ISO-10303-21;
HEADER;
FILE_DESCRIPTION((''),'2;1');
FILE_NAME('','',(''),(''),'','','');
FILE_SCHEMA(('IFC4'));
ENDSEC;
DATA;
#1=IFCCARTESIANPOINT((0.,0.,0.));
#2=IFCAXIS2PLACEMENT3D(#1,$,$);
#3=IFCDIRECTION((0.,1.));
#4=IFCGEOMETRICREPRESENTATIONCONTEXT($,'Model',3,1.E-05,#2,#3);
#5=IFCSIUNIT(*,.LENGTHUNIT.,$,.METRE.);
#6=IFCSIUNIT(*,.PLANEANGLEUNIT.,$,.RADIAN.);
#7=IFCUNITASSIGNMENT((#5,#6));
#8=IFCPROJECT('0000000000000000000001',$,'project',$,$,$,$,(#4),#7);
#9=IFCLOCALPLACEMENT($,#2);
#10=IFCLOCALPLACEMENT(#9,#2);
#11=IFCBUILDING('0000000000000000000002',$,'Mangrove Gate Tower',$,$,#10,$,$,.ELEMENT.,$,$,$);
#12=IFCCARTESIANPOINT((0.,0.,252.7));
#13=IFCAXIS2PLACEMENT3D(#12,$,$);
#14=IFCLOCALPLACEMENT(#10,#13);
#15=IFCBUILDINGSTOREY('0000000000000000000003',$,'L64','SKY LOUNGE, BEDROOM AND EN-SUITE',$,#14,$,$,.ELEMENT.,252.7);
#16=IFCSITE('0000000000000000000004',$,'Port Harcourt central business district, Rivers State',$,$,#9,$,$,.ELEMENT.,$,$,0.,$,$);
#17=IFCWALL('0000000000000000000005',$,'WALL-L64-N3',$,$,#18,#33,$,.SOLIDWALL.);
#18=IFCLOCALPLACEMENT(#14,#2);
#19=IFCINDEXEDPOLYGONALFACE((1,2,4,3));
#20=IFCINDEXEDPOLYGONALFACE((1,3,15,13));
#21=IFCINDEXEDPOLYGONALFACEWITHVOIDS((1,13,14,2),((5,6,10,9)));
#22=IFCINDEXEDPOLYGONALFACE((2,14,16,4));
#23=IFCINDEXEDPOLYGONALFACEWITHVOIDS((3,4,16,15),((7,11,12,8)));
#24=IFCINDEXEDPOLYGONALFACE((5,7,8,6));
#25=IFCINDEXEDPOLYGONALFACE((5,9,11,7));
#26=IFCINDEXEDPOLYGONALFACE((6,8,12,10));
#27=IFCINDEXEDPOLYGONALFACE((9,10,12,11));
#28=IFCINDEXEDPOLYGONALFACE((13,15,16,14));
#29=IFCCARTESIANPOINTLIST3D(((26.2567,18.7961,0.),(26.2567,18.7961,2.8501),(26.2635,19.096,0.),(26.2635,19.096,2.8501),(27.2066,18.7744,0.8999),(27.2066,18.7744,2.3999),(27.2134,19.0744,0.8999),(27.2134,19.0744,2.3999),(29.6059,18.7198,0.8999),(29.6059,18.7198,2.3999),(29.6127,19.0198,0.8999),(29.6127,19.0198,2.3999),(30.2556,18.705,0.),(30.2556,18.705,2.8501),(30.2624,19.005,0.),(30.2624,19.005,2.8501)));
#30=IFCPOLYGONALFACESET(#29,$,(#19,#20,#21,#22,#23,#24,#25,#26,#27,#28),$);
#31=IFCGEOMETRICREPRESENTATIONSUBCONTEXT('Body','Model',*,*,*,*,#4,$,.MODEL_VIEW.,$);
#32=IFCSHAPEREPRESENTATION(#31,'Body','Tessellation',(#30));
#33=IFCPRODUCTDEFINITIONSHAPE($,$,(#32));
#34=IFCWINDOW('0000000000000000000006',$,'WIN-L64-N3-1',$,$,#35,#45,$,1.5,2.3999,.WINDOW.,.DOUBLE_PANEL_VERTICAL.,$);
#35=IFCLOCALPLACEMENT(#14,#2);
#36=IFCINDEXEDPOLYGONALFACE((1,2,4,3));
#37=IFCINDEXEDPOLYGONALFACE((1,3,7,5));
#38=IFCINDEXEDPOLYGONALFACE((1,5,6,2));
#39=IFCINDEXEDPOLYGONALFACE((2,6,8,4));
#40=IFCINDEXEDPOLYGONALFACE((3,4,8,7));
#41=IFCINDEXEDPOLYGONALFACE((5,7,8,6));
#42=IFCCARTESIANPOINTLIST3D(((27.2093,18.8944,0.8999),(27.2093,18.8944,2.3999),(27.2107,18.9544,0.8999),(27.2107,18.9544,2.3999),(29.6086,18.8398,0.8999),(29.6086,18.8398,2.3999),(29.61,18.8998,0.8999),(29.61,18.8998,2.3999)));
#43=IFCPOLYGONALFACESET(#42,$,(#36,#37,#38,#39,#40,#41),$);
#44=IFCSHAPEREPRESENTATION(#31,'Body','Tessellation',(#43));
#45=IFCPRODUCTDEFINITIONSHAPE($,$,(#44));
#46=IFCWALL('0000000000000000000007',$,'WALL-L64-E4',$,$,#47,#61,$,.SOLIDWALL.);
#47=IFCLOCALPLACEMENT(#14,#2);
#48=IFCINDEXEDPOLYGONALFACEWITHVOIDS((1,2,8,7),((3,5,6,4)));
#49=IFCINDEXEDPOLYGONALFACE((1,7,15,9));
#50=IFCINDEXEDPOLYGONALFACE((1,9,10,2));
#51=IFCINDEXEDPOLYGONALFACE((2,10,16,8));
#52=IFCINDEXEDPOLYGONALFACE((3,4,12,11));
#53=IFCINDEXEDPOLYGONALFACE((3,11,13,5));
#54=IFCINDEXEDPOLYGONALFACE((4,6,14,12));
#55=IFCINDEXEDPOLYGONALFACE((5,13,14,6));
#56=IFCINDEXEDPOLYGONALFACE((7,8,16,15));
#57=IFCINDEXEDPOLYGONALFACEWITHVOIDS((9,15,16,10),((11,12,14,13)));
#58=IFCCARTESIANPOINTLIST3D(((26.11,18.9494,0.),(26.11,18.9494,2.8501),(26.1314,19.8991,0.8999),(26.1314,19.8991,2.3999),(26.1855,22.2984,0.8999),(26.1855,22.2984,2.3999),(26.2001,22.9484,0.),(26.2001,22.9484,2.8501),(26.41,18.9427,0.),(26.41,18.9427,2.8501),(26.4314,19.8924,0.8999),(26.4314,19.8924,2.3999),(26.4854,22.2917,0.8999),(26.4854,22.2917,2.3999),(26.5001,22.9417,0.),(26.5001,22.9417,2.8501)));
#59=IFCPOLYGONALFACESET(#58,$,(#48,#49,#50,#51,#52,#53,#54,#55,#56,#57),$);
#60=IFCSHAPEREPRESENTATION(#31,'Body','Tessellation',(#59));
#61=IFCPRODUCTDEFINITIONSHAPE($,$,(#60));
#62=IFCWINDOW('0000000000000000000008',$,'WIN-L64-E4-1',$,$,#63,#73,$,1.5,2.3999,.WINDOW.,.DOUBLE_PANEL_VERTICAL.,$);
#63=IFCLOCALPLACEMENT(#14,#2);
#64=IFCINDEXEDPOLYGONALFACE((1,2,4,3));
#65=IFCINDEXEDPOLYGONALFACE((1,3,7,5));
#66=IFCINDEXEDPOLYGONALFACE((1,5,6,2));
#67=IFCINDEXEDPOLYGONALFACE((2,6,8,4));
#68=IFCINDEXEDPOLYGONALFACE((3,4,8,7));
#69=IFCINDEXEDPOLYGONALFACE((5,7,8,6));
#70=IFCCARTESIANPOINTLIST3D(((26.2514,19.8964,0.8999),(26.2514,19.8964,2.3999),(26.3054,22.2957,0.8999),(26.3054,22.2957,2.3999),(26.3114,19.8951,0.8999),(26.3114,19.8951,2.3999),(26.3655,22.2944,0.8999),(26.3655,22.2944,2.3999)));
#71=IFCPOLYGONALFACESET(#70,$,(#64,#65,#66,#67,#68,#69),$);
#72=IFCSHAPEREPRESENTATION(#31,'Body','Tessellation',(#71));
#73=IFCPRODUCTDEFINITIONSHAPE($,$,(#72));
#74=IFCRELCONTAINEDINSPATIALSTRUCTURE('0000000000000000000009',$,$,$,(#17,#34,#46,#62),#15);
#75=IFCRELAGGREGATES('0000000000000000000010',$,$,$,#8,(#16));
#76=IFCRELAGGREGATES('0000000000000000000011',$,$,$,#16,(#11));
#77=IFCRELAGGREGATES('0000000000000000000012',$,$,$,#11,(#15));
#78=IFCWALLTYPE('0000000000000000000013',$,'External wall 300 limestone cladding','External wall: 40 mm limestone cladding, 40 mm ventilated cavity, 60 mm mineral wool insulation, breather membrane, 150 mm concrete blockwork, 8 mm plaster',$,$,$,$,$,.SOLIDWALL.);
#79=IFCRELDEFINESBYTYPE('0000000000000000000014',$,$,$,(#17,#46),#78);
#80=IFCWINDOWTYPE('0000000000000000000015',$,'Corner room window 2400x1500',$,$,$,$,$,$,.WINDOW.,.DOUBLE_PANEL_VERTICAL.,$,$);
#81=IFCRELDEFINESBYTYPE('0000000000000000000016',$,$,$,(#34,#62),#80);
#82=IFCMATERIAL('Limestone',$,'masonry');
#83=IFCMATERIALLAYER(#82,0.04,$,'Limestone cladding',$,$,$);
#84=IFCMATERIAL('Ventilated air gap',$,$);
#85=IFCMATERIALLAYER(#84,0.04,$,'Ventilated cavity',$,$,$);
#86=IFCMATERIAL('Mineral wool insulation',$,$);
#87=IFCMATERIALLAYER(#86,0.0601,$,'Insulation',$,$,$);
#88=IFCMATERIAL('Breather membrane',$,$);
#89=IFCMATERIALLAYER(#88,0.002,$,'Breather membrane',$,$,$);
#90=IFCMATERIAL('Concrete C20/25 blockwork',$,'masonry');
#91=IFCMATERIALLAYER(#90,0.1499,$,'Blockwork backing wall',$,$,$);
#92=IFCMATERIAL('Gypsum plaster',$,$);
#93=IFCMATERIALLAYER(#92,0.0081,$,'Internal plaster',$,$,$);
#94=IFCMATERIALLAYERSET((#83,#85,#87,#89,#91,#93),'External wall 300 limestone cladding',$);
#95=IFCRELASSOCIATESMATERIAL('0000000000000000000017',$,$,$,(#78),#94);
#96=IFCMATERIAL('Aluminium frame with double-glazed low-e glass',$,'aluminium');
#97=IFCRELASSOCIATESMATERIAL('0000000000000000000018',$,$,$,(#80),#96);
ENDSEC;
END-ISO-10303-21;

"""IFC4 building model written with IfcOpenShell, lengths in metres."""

from ifc_helpers import new_model, si_unit, direction, frame, frame_2d, origin, place, context, subcontext, project, spatial, rectangle, extrude, material, layer, layer_set, type_object, element, fill, save


model = new_model("IFC4")

# Units and contexts
model_context = context("Model", 3, precision=1e-05, world=origin(), true_north=direction((0.0, 1.0)))
body_context = subcontext(model_context, "Body", "Model", "MODEL_VIEW")
ifc_project = project(units=[si_unit("LENGTHUNIT", "METRE"), si_unit("PLANEANGLEUNIT", "RADIAN")], contexts=[model_context])

# Site, building, storey
site_placement = place(None, origin())
site = spatial("IfcSite", under=ifc_project, at=site_placement, Name="Port Harcourt central business district, Rivers State", CompositionType="ELEMENT", RefElevation=0.0)
building_placement = place(site_placement, origin())
building = spatial("IfcBuilding", under=site, at=building_placement, Name="Mangrove Gate Tower", CompositionType="ELEMENT")
storey_placement = place(building_placement, frame((0.0, 0.0, 252.7)))
storey = spatial("IfcBuildingStorey", under=building, at=storey_placement, Name="L64", Description="SKY LOUNGE, BEDROOM AND EN-SUITE", CompositionType="ELEMENT", Elevation=252.7)

# Walls, openings, windows
ifc_material_1 = material(Name="Limestone", Category="masonry")
ifc_layer_1 = layer(ifc_material_1, 0.04, Name="Limestone cladding")
ifc_material_2 = material(Name="Ventilated air gap")
ifc_layer_2 = layer(ifc_material_2, 0.04, Name="Ventilated cavity")
ifc_material_3 = material(Name="Mineral wool insulation")
ifc_layer_3 = layer(ifc_material_3, 0.0601, Name="Insulation")
ifc_material_4 = material(Name="Breather membrane")
ifc_layer_4 = layer(ifc_material_4, 0.002, Name="Breather membrane")
ifc_material_5 = material(Name="Concrete C20/25 blockwork", Category="masonry")
ifc_layer_5 = layer(ifc_material_5, 0.1499, Name="Blockwork backing wall")
ifc_material_6 = material(Name="Gypsum plaster")
ifc_layer_6 = layer(ifc_material_6, 0.0081, Name="Internal plaster")
ifc_layer_set_1 = layer_set([ifc_layer_1, ifc_layer_2, ifc_layer_3, ifc_layer_4, ifc_layer_5, ifc_layer_6], Name="External wall 300 limestone cladding")
wall_type_1 = type_object("IfcWallType", Name="External wall 300 limestone cladding", Description="External wall: 40 mm limestone cladding, 40 mm ventilated cavity, 60 mm mineral wool insulation, breather membrane, 150 mm concrete blockwork, 8 mm plaster", PredefinedType="SOLIDWALL", material=ifc_layer_set_1)
wall_1_placement = place(storey_placement, frame((30.259, 18.855, 0.0), z_axis=(0.0, 0.0, 1.0), x_axis=(-0.999741, 0.022766, 0.0)))
wall_1 = element("IfcWall", 1, at=wall_1_placement, inside=storey, type_object=wall_type_1, Name="WALL-L64-N3", PredefinedType="SOLIDWALL", context=body_context, shape_type="SweptSolid", body=[
    extrude(rectangle(XDim=4.0, YDim=0.3, at=frame_2d((2.0, 0.0))), origin(), (0.0, 0.0, 1.0), 2.8501),
])
opening_1_placement = place(wall_1_placement, frame((0.6499, 0.0, 0.8999)))
opening_1 = element("IfcOpeningElement", 2, at=opening_1_placement, cuts=wall_1, PredefinedType="OPENING", context=body_context, shape_type="SweptSolid", body=[
    extrude(rectangle(XDim=2.3999, YDim=1.5, at=frame_2d((1.2, 0.75))), frame((0.0, 0.1599, 0.0), z_axis=(0.0, -1.0, 0.0), x_axis=(1.0, 0.0, 0.0)), (0.0, 0.0, 1.0), 0.3201),
])
ifc_material_7 = material(Name="Aluminium frame with double-glazed low-e glass", Category="aluminium")
window_type = type_object("IfcWindowType", Name="Corner room window 2400x1500", PartitioningType="DOUBLE_PANEL_VERTICAL", PredefinedType="WINDOW", material=ifc_material_7)
window_1_placement = place(opening_1_placement, origin())
window_1 = element("IfcWindow", 3, at=window_1_placement, inside=storey, type_object=window_type, Name="WIN-L64-N3-1", OverallHeight=1.5, OverallWidth=2.3999, PartitioningType="DOUBLE_PANEL_VERTICAL", PredefinedType="WINDOW", context=body_context, shape_type="SweptSolid", body=[
    extrude(rectangle(XDim=2.3999, YDim=1.5, at=frame_2d((1.2, 0.75))), frame((0.0, 0.03, 0.0), z_axis=(0.0, -1.0, 0.0), x_axis=(1.0, 0.0, 0.0)), (0.0, 0.0, 1.0), 0.0601),
])
fill(opening_1, window_1)
wall_2_placement = place(storey_placement, frame((26.26, 18.946, 0.0), z_axis=(0.0, 0.0, 1.0), x_axis=(0.022522, 0.999746, 0.0)))
wall_2 = element("IfcWall", 4, at=wall_2_placement, inside=storey, type_object=wall_type_1, Name="WALL-L64-E4", PredefinedType="SOLIDWALL", context=body_context, shape_type="SweptSolid", body=[
    extrude(rectangle(XDim=4.0, YDim=0.3, at=frame_2d((2.0, 0.0))), origin(), (0.0, 0.0, 1.0), 2.8501),
])
opening_2_placement = place(wall_2_placement, frame((0.95, 0.0, 0.8999)))
opening_2 = element("IfcOpeningElement", 5, at=opening_2_placement, cuts=wall_2, PredefinedType="OPENING", context=body_context, shape_type="SweptSolid", body=[
    extrude(rectangle(XDim=2.3999, YDim=1.5, at=frame_2d((1.2, 0.75))), frame((0.0, 0.1599, 0.0), z_axis=(0.0, -1.0, 0.0), x_axis=(1.0, 0.0, 0.0)), (0.0, 0.0, 1.0), 0.3201),
])
window_2_placement = place(opening_2_placement, origin())
window_2 = element("IfcWindow", 6, at=window_2_placement, inside=storey, type_object=window_type, Name="WIN-L64-E4-1", OverallHeight=1.5, OverallWidth=2.3999, PartitioningType="DOUBLE_PANEL_VERTICAL", PredefinedType="WINDOW", context=body_context, shape_type="SweptSolid", body=[
    extrude(rectangle(XDim=2.3999, YDim=1.5, at=frame_2d((1.2, 0.75))), frame((0.0, 0.03, 0.0), z_axis=(0.0, -1.0, 0.0), x_axis=(1.0, 0.0, 0.0)), (0.0, 0.0, 1.0), 0.0601),
])
fill(opening_2, window_2)

save(model, "model.ifc")
